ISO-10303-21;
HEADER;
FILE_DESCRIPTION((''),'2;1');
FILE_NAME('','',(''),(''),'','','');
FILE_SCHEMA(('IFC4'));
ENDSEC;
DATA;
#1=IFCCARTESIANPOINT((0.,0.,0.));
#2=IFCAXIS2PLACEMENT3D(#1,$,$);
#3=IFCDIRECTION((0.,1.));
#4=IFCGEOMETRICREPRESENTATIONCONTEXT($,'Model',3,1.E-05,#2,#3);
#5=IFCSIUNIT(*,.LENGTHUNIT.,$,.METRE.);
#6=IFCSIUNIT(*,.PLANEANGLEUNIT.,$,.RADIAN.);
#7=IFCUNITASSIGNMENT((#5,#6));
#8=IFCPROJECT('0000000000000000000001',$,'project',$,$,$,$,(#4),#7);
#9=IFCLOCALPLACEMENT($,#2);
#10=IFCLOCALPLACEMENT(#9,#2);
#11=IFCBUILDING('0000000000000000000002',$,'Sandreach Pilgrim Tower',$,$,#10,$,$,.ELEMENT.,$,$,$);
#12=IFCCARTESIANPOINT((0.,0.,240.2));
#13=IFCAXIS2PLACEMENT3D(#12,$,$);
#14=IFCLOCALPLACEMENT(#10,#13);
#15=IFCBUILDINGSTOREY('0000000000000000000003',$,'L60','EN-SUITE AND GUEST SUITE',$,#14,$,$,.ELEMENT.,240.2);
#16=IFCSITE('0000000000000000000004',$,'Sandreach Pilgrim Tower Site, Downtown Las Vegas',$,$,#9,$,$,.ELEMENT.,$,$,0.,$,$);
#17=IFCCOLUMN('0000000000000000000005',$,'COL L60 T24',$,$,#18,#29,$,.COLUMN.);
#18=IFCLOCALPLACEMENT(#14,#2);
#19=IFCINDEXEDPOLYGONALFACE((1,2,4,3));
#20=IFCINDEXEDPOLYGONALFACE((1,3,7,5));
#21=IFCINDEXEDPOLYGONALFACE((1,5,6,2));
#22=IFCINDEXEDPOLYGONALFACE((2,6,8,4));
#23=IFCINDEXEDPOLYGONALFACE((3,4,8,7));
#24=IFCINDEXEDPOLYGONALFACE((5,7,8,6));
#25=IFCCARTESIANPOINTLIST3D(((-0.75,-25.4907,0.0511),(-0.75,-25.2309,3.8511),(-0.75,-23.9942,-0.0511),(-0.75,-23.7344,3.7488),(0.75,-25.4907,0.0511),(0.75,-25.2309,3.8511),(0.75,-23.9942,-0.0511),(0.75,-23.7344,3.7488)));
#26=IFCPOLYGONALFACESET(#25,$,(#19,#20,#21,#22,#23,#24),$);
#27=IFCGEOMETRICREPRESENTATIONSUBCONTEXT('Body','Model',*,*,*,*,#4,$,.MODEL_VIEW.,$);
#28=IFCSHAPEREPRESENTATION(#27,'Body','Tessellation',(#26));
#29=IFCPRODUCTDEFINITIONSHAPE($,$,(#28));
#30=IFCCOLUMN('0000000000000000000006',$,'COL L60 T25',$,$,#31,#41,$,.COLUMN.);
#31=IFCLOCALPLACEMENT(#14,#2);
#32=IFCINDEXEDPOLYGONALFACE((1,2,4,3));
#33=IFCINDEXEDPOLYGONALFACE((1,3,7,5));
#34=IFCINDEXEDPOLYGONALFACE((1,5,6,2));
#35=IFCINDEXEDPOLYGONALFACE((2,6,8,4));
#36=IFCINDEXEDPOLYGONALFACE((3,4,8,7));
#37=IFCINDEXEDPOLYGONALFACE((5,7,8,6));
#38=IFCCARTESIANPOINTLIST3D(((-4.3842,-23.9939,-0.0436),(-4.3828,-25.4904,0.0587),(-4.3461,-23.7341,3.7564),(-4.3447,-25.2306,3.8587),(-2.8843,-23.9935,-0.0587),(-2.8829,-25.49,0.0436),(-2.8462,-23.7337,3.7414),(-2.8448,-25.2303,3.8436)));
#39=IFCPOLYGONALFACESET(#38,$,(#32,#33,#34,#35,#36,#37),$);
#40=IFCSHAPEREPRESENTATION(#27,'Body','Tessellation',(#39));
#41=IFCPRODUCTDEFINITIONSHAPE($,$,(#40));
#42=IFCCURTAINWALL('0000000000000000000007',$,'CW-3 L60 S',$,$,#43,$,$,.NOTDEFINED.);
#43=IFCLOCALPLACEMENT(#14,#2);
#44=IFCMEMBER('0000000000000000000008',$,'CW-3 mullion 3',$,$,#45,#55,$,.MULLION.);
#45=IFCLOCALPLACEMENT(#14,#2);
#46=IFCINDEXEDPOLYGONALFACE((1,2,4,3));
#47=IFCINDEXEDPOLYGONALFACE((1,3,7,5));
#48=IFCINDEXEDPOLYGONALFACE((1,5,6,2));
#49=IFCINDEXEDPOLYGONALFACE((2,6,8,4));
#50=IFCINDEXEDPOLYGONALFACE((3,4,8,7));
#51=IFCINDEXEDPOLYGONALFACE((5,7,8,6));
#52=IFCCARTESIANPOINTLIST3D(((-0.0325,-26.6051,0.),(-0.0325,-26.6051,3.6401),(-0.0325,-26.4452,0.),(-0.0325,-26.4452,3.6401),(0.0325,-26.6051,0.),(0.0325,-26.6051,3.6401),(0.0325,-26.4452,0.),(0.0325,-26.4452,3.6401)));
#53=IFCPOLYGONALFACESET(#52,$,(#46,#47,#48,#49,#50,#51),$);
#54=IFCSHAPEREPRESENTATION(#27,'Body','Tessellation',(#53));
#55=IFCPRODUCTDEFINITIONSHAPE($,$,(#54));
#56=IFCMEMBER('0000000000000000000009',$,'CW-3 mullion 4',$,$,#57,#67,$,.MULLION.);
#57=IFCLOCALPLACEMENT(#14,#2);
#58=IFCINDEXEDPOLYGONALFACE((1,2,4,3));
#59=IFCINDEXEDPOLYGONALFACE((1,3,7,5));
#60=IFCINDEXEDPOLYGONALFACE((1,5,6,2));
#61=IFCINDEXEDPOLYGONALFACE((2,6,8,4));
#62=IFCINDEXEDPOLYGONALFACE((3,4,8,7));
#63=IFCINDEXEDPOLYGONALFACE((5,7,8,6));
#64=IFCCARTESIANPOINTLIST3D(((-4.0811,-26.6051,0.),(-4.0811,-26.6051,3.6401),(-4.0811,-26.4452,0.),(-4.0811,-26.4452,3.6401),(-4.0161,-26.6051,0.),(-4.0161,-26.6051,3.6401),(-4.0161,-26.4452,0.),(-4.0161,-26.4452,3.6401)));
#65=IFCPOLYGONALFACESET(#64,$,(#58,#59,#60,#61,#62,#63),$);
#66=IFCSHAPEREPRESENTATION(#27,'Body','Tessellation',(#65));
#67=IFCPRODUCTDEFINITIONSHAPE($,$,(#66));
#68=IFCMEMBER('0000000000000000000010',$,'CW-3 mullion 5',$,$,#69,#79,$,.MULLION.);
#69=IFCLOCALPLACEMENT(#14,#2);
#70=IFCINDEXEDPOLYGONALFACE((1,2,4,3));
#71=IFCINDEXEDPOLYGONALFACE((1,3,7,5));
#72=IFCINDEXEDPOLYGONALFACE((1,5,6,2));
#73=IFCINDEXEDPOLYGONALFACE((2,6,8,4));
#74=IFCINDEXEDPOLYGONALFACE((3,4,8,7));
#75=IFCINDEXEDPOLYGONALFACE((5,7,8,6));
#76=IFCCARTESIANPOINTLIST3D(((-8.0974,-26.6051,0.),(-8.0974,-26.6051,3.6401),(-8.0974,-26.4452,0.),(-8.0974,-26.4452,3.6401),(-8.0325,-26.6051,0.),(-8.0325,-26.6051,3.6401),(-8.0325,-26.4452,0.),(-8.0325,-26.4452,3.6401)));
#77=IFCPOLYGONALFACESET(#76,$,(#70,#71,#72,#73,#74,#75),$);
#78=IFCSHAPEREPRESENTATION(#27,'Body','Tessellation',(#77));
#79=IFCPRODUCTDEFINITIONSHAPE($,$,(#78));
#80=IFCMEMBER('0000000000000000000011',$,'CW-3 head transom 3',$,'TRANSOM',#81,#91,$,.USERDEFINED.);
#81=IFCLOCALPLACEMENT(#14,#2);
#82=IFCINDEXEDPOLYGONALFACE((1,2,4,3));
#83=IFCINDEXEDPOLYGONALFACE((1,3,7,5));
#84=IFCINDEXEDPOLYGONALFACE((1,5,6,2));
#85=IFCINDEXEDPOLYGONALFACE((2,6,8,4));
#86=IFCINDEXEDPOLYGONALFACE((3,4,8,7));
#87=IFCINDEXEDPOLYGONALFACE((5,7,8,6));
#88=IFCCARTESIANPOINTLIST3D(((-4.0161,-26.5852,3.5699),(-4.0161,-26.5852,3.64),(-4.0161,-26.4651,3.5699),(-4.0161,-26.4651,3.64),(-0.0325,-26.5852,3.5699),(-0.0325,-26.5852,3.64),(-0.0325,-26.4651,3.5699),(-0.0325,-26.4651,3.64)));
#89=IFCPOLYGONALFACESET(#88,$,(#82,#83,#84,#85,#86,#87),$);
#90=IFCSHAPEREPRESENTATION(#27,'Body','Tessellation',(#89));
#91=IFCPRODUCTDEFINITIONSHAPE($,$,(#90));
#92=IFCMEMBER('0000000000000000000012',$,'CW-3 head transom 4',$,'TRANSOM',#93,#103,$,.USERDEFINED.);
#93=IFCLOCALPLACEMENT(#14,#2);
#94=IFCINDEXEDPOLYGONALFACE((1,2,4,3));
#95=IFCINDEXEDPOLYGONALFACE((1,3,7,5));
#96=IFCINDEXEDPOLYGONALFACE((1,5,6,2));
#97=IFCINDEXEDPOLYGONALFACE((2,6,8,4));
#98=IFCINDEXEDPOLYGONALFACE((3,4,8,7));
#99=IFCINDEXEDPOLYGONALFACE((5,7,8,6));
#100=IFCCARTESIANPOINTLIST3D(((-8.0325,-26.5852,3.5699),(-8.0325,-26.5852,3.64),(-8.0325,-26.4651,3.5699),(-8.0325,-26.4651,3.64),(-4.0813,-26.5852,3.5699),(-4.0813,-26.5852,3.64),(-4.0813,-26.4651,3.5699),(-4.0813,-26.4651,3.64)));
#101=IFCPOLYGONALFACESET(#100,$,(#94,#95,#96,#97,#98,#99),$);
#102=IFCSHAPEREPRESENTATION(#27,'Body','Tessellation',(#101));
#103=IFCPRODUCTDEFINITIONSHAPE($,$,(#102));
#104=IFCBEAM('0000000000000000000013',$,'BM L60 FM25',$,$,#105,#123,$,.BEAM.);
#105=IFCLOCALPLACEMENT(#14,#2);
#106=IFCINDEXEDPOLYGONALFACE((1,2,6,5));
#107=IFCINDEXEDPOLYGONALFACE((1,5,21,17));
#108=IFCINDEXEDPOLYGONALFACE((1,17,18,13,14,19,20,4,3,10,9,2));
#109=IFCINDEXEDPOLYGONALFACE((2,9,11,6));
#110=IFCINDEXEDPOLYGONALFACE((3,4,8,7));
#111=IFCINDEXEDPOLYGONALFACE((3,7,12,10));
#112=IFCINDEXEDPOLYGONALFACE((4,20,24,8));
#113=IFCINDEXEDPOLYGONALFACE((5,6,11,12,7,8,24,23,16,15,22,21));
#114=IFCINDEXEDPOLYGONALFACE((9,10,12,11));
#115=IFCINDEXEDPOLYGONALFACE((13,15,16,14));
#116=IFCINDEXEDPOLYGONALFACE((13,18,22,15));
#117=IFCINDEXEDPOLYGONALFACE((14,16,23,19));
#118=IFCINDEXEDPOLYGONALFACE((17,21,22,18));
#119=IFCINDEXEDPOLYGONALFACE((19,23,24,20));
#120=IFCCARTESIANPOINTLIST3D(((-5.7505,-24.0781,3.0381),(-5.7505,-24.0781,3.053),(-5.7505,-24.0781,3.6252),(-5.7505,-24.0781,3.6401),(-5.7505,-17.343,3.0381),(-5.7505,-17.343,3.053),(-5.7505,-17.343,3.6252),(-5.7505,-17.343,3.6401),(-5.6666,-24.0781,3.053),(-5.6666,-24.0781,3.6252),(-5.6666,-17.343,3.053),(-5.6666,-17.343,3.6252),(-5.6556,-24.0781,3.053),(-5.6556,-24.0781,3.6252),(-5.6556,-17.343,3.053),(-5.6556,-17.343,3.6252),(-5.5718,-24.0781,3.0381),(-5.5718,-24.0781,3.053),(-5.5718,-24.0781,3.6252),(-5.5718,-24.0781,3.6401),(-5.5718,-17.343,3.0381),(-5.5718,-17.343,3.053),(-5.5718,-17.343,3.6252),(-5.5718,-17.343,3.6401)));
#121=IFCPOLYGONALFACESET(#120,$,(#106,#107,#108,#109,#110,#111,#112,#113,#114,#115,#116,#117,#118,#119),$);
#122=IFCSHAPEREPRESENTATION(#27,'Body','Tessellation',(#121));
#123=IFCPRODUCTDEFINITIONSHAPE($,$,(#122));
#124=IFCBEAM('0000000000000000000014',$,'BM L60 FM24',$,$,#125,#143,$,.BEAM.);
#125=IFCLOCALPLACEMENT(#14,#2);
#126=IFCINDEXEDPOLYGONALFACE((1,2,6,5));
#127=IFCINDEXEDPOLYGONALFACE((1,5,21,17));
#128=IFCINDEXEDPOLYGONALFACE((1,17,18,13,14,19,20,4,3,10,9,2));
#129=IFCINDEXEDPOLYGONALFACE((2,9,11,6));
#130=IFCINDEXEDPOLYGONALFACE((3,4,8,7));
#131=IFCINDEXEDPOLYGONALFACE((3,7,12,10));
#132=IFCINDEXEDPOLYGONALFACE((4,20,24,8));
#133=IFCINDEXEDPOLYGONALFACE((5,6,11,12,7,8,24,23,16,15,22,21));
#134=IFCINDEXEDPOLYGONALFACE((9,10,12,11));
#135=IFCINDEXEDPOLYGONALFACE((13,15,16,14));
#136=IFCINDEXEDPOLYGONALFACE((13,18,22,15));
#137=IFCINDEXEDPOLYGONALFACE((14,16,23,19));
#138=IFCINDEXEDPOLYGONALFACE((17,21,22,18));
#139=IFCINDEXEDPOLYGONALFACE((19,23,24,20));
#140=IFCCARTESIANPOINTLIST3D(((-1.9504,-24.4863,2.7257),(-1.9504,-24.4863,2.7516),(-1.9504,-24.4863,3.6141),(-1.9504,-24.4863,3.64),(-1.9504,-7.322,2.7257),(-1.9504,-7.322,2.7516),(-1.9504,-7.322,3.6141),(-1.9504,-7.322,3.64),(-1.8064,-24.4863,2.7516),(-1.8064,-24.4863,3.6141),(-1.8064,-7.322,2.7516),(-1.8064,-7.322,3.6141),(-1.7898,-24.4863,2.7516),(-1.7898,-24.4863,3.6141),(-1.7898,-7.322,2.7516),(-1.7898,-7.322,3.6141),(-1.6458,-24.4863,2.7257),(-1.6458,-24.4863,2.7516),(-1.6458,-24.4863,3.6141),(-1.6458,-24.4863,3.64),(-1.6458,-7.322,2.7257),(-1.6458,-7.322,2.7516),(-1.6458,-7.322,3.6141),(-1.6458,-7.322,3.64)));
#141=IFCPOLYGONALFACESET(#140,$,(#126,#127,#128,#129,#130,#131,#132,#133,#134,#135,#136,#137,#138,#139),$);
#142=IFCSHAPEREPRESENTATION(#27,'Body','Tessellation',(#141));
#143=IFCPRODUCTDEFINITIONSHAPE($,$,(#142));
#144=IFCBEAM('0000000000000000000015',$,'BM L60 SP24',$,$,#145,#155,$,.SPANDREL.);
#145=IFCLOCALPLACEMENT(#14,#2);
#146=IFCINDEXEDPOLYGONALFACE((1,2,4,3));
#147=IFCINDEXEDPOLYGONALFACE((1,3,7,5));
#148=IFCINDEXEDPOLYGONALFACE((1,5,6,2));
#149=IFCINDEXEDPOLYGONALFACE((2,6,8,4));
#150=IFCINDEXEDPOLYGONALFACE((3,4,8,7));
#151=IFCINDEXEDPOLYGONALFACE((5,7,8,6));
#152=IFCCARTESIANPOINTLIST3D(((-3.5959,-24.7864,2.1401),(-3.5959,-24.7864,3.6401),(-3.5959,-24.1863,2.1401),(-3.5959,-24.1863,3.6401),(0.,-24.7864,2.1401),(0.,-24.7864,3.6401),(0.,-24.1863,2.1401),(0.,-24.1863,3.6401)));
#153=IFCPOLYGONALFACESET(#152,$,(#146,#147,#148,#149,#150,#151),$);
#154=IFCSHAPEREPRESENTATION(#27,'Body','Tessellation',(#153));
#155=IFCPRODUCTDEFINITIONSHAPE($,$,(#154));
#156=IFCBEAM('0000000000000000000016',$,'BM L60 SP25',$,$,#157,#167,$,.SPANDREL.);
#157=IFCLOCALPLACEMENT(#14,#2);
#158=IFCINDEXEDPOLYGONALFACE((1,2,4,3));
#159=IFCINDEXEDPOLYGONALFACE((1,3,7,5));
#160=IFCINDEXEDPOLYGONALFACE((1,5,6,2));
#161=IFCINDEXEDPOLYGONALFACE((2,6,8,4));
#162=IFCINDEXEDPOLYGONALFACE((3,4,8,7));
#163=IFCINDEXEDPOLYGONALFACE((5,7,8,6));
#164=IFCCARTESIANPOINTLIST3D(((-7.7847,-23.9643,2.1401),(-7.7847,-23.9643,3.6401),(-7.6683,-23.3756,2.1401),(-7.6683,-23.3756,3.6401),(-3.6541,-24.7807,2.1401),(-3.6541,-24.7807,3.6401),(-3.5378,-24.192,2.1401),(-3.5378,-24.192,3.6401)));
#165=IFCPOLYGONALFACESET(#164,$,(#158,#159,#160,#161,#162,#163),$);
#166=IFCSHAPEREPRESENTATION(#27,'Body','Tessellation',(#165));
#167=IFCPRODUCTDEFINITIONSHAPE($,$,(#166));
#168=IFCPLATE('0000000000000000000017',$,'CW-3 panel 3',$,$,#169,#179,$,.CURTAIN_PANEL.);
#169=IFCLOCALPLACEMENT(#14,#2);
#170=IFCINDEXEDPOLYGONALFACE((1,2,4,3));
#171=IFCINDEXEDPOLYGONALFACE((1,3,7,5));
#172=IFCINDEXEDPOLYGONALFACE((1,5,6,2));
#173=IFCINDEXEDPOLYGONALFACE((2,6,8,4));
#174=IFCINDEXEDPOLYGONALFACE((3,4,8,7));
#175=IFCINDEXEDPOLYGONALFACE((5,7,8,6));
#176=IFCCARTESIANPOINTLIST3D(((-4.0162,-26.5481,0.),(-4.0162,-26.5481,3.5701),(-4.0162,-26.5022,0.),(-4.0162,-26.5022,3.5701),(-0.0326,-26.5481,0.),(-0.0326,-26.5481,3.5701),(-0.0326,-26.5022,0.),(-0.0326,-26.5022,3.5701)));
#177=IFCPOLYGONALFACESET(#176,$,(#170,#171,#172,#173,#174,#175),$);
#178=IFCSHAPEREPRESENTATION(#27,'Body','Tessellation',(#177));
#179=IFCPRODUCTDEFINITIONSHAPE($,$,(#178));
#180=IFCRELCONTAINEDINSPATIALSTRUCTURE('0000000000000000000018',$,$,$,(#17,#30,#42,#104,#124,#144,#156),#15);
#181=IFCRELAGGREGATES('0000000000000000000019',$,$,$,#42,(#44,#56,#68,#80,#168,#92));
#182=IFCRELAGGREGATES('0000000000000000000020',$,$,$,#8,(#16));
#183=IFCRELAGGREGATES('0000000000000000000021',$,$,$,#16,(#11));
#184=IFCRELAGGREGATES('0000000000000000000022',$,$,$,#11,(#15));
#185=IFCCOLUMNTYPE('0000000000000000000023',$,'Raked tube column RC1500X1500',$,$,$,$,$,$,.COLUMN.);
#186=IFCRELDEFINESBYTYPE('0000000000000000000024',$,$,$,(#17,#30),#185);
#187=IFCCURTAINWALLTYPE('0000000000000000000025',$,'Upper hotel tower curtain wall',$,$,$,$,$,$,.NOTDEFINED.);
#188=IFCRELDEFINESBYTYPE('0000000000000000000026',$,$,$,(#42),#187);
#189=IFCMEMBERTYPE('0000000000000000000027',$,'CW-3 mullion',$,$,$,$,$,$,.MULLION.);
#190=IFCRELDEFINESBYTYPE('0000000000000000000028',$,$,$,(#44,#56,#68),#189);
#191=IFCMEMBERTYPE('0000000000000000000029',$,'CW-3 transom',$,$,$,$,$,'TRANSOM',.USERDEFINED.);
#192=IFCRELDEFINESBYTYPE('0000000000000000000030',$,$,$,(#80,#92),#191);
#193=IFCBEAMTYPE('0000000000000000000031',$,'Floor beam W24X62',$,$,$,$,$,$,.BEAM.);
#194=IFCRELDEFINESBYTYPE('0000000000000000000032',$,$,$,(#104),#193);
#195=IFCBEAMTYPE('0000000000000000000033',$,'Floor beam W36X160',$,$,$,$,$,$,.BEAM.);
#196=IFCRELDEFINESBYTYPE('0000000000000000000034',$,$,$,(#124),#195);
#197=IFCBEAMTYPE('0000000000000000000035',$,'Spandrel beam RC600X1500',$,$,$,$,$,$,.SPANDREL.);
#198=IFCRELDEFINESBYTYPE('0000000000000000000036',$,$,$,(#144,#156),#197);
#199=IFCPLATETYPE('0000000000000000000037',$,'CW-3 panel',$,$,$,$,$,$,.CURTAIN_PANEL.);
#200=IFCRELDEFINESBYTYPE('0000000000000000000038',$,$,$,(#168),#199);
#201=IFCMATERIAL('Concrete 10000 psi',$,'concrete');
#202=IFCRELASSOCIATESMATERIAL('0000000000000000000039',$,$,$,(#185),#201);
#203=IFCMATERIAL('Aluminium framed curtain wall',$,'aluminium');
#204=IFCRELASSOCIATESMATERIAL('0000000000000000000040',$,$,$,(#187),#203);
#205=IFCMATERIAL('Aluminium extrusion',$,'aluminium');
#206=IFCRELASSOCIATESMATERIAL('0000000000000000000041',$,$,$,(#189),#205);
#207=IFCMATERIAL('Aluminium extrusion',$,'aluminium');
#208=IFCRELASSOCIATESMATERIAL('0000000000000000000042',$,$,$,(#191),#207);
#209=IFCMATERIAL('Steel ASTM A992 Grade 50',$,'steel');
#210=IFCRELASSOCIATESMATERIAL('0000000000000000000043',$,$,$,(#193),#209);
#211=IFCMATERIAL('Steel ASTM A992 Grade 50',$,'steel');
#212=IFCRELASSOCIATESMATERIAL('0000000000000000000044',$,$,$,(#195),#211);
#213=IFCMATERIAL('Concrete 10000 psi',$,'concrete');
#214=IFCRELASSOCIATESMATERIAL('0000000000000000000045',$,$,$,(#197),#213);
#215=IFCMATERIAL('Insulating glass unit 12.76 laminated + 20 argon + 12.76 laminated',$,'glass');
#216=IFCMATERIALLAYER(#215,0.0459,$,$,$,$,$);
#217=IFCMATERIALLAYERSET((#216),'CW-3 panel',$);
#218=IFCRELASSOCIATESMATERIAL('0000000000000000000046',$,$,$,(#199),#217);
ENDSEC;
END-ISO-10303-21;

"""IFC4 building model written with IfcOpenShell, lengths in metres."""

from ifc_helpers import new_model, si_unit, direction, frame, origin, origin_2d, place, context, subcontext, project, spatial, rectangle, i_section, extrude, material, layer, layer_set, material_profile, profile_set, type_object, element, aggregate, save


model = new_model("IFC4")

# Units and contexts
model_context = context("Model", 3, precision=1e-05, world=origin(), true_north=direction((0.0, 1.0)))
body_context = subcontext(model_context, "Body", "Model", "MODEL_VIEW")
ifc_project = project(units=[si_unit("LENGTHUNIT", "METRE"), si_unit("PLANEANGLEUNIT", "RADIAN")], contexts=[model_context])

# Site, building, storey
site_placement = place(None, origin())
site = spatial("IfcSite", under=ifc_project, at=site_placement, Name="Sandreach Pilgrim Tower Site, Downtown Las Vegas", CompositionType="ELEMENT", RefElevation=0.0)
building_placement = place(site_placement, origin())
building = spatial("IfcBuilding", under=site, at=building_placement, Name="Sandreach Pilgrim Tower", CompositionType="ELEMENT")
storey_placement = place(building_placement, frame((0.0, 0.0, 240.2)))
storey = spatial("IfcBuildingStorey", under=building, at=storey_placement, Name="L60", Description="EN-SUITE AND GUEST SUITE", CompositionType="ELEMENT", Elevation=240.2)

# Columns
ifc_material_1 = material(Name="Concrete 10000 psi", Category="concrete")
ifc_material_profile_1 = material_profile(ifc_material_1, rectangle(XDim=1.5, YDim=1.5, at=origin_2d()), Name="RC1500X1500")
ifc_profile_set_1 = profile_set([ifc_material_profile_1], Name="Concrete 10000 psi")
column_type = type_object("IfcColumnType", Name="Raked tube column RC1500X1500", PredefinedType="COLUMN", material=ifc_profile_set_1)
column_1_placement = place(storey_placement, frame((0.0, -24.7424, 0.0), z_axis=(0.0, 0.068199, 0.997672), x_axis=(0.0, -0.997672, 0.068199)))
element("IfcColumn", 1, at=column_1_placement, inside=storey, type_object=column_type, Name="COL L60 T24", PredefinedType="COLUMN", context=body_context, shape_type="SweptSolid", body=[
    extrude(rectangle(XDim=1.5, YDim=1.5, at=origin_2d()), origin(), (0.0, 0.0, 1.0), 3.8088),
])
column_2_placement = place(storey_placement, frame((-3.6335, -24.7419, 0.0), z_axis=(0.009999, 0.068196, 0.997622), x_axis=(0.000921, -0.997672, 0.06819)))
element("IfcColumn", 2, at=column_2_placement, inside=storey, type_object=column_type, Name="COL L60 T25", PredefinedType="COLUMN", context=body_context, shape_type="SweptSolid", body=[
    extrude(rectangle(XDim=1.5, YDim=1.5, at=origin_2d()), origin(), (0.0, 0.0, 1.0), 3.8091),
])

# Curtain wall, members
ifc_material_2 = material(Name="Aluminium framed curtain wall", Category="aluminium")
curtain_wall_type = type_object("IfcCurtainWallType", Name="Upper hotel tower curtain wall", PredefinedType="NOTDEFINED", material=ifc_material_2)
curtain_wall_placement = place(storey_placement, origin())
curtain_wall = element("IfcCurtainWall", 3, at=curtain_wall_placement, inside=storey, type_object=curtain_wall_type, Name="CW-3 L60 S", PredefinedType="NOTDEFINED")
ifc_material_3 = material(Name="Aluminium extrusion", Category="aluminium")
ifc_material_profile_2 = material_profile(ifc_material_3, rectangle(XDim=0.0649, YDim=0.1599, at=origin_2d()), Name="CW-3M 65X160")
ifc_profile_set_2 = profile_set([ifc_material_profile_2], Name="Aluminium extrusion")
member_type_1 = type_object("IfcMemberType", Name="CW-3 mullion", PredefinedType="MULLION", material=ifc_profile_set_2)
member_1_placement = place(storey_placement, frame((0.0, -26.5251, 0.0), z_axis=(0.0, 0.0, 1.0), x_axis=(-1.0, 0.0, 0.0)))
member_1 = element("IfcMember", 4, at=member_1_placement, type_object=member_type_1, Name="CW-3 mullion 3", PredefinedType="MULLION", context=body_context, shape_type="SweptSolid", body=[
    extrude(rectangle(XDim=0.0649, YDim=0.1599, at=origin_2d()), origin(), (0.0, 0.0, 1.0), 3.6401),
])
member_2_placement = place(storey_placement, frame((-4.0486, -26.5251, 0.0), z_axis=(0.0, 0.0, 1.0), x_axis=(-1.0, 0.0, 0.0)))
member_2 = element("IfcMember", 5, at=member_2_placement, type_object=member_type_1, Name="CW-3 mullion 4", PredefinedType="MULLION", context=body_context, shape_type="SweptSolid", body=[
    extrude(rectangle(XDim=0.0649, YDim=0.1599, at=origin_2d()), origin(), (0.0, 0.0, 1.0), 3.6401),
])
member_3_placement = place(storey_placement, frame((-8.0649, -26.5251, 0.0), z_axis=(0.0, 0.0, 1.0), x_axis=(-1.0, 0.0, 0.0)))
member_3 = element("IfcMember", 6, at=member_3_placement, type_object=member_type_1, Name="CW-3 mullion 5", PredefinedType="MULLION", context=body_context, shape_type="SweptSolid", body=[
    extrude(rectangle(XDim=0.0649, YDim=0.1599, at=origin_2d()), origin(), (0.0, 0.0, 1.0), 3.6401),
])
ifc_material_4 = material(Name="Aluminium extrusion", Category="aluminium")
ifc_material_profile_3 = material_profile(ifc_material_4, rectangle(XDim=0.1201, YDim=0.0701, at=origin_2d()), Name="CW-3T 120X70")
ifc_profile_set_3 = profile_set([ifc_material_profile_3], Name="Aluminium extrusion")
member_type_2 = type_object("IfcMemberType", Name="CW-3 transom", ElementType="TRANSOM", PredefinedType="USERDEFINED", material=ifc_profile_set_3)
member_4_placement = place(storey_placement, frame((-0.0325, -26.5251, 3.605), z_axis=(-1.0, 0.0, 0.0), x_axis=(0.0, -1.0, 0.0)))
member_4 = element("IfcMember", 7, at=member_4_placement, type_object=member_type_2, Name="CW-3 head transom 3", ObjectType="TRANSOM", PredefinedType="USERDEFINED", context=body_context, shape_type="SweptSolid", body=[
    extrude(rectangle(XDim=0.1201, YDim=0.0701, at=origin_2d()), origin(), (0.0, 0.0, 1.0), 3.9836),
])
member_5_placement = place(storey_placement, frame((-4.0813, -26.5251, 3.605), z_axis=(-1.0, 0.0, 0.0), x_axis=(0.0, -1.0, 0.0)))
member_5 = element("IfcMember", 8, at=member_5_placement, type_object=member_type_2, Name="CW-3 head transom 4", ObjectType="TRANSOM", PredefinedType="USERDEFINED", context=body_context, shape_type="SweptSolid", body=[
    extrude(rectangle(XDim=0.1201, YDim=0.0701, at=origin_2d()), origin(), (0.0, 0.0, 1.0), 3.9512),
])

# Beams
ifc_material_5 = material(Name="Steel ASTM A992 Grade 50", Category="steel")
ifc_material_profile_4 = material_profile(ifc_material_5, i_section(OverallWidth=0.1787, OverallDepth=0.6021, WebThickness=0.011, FlangeThickness=0.0149, at=origin_2d()), Name="W24X62")
ifc_profile_set_4 = profile_set([ifc_material_profile_4], Name="Steel ASTM A992 Grade 50")
beam_type_1 = type_object("IfcBeamType", Name="Floor beam W24X62", PredefinedType="BEAM", material=ifc_profile_set_4)
beam_1_placement = place(storey_placement, frame((-5.6611, -24.0781, 3.3391), z_axis=(0.0, 1.0, 0.0), x_axis=(-1.0, 0.0, 0.0)))
element("IfcBeam", 9, at=beam_1_placement, inside=storey, type_object=beam_type_1, Name="BM L60 FM25", PredefinedType="BEAM", context=body_context, shape_type="SweptSolid", body=[
    extrude(i_section(OverallWidth=0.1787, OverallDepth=0.6021, WebThickness=0.011, FlangeThickness=0.0149, at=origin_2d()), origin(), (0.0, 0.0, 1.0), 6.7351),
])
ifc_material_6 = material(Name="Steel ASTM A992 Grade 50", Category="steel")
ifc_material_profile_5 = material_profile(ifc_material_6, i_section(OverallWidth=0.3047, OverallDepth=0.9143, WebThickness=0.0166, FlangeThickness=0.0259, at=origin_2d()), Name="W36X160")
ifc_profile_set_5 = profile_set([ifc_material_profile_5], Name="Steel ASTM A992 Grade 50")
beam_type_2 = type_object("IfcBeamType", Name="Floor beam W36X160", PredefinedType="BEAM", material=ifc_profile_set_5)
beam_2_placement = place(storey_placement, frame((-1.7981, -24.4863, 3.1829), z_axis=(0.0, 1.0, 0.0), x_axis=(-1.0, 0.0, 0.0)))
element("IfcBeam", 10, at=beam_2_placement, inside=storey, type_object=beam_type_2, Name="BM L60 FM24", PredefinedType="BEAM", context=body_context, shape_type="SweptSolid", body=[
    extrude(i_section(OverallWidth=0.3047, OverallDepth=0.9143, WebThickness=0.0166, FlangeThickness=0.0259, at=origin_2d()), origin(), (0.0, 0.0, 1.0), 17.1643),
])
ifc_material_7 = material(Name="Concrete 10000 psi", Category="concrete")
ifc_material_profile_6 = material_profile(ifc_material_7, rectangle(XDim=0.6001, YDim=1.5, at=origin_2d()), Name="RC600X1500")
ifc_profile_set_6 = profile_set([ifc_material_profile_6], Name="Concrete 10000 psi")
beam_type_3 = type_object("IfcBeamType", Name="Spandrel beam RC600X1500", PredefinedType="SPANDREL", material=ifc_profile_set_6)
beam_3_placement = place(storey_placement, frame((0.0, -24.4863, 2.8901), z_axis=(-1.0, 0.0, 0.0), x_axis=(0.0, -1.0, 0.0)))
element("IfcBeam", 11, at=beam_3_placement, inside=storey, type_object=beam_type_3, Name="BM L60 SP24", PredefinedType="SPANDREL", context=body_context, shape_type="SweptSolid", body=[
    extrude(rectangle(XDim=0.6001, YDim=1.5, at=origin_2d()), origin(), (0.0, 0.0, 1.0), 3.5959),
])
beam_4_placement = place(storey_placement, frame((-3.5959, -24.4863, 2.8901), z_axis=(-0.981022, 0.193897, 0.0), x_axis=(-0.193897, -0.981022, 0.0)))
element("IfcBeam", 12, at=beam_4_placement, inside=storey, type_object=beam_type_3, Name="BM L60 SP25", PredefinedType="SPANDREL", context=body_context, shape_type="SweptSolid", body=[
    extrude(rectangle(XDim=0.6001, YDim=1.5, at=origin_2d()), origin(), (0.0, 0.0, 1.0), 4.2104),
])

# Plate
ifc_material_8 = material(Name="Insulating glass unit 12.76 laminated + 20 argon + 12.76 laminated", Category="glass")
ifc_layer_1 = layer(ifc_material_8, 0.0459)
ifc_layer_set_1 = layer_set([ifc_layer_1], Name="CW-3 panel")
plate_type = type_object("IfcPlateType", Name="CW-3 panel", PredefinedType="CURTAIN_PANEL", material=ifc_layer_set_1)
plate_1_placement = place(storey_placement, frame((-2.0244, -26.5251, 0.0), z_axis=(0.0, 0.0, 1.0), x_axis=(-1.0, 0.0, 0.0)))
plate_1 = element("IfcPlate", 13, at=plate_1_placement, type_object=plate_type, Name="CW-3 panel 3", PredefinedType="CURTAIN_PANEL", context=body_context, shape_type="SweptSolid", body=[
    extrude(rectangle(XDim=3.9836, YDim=0.0459, at=origin_2d()), origin(), (0.0, 0.0, 1.0), 3.5701),
])
aggregate(curtain_wall, [member_1, member_2, member_3, member_4, plate_1, member_5])

save(model, "model.ifc")
